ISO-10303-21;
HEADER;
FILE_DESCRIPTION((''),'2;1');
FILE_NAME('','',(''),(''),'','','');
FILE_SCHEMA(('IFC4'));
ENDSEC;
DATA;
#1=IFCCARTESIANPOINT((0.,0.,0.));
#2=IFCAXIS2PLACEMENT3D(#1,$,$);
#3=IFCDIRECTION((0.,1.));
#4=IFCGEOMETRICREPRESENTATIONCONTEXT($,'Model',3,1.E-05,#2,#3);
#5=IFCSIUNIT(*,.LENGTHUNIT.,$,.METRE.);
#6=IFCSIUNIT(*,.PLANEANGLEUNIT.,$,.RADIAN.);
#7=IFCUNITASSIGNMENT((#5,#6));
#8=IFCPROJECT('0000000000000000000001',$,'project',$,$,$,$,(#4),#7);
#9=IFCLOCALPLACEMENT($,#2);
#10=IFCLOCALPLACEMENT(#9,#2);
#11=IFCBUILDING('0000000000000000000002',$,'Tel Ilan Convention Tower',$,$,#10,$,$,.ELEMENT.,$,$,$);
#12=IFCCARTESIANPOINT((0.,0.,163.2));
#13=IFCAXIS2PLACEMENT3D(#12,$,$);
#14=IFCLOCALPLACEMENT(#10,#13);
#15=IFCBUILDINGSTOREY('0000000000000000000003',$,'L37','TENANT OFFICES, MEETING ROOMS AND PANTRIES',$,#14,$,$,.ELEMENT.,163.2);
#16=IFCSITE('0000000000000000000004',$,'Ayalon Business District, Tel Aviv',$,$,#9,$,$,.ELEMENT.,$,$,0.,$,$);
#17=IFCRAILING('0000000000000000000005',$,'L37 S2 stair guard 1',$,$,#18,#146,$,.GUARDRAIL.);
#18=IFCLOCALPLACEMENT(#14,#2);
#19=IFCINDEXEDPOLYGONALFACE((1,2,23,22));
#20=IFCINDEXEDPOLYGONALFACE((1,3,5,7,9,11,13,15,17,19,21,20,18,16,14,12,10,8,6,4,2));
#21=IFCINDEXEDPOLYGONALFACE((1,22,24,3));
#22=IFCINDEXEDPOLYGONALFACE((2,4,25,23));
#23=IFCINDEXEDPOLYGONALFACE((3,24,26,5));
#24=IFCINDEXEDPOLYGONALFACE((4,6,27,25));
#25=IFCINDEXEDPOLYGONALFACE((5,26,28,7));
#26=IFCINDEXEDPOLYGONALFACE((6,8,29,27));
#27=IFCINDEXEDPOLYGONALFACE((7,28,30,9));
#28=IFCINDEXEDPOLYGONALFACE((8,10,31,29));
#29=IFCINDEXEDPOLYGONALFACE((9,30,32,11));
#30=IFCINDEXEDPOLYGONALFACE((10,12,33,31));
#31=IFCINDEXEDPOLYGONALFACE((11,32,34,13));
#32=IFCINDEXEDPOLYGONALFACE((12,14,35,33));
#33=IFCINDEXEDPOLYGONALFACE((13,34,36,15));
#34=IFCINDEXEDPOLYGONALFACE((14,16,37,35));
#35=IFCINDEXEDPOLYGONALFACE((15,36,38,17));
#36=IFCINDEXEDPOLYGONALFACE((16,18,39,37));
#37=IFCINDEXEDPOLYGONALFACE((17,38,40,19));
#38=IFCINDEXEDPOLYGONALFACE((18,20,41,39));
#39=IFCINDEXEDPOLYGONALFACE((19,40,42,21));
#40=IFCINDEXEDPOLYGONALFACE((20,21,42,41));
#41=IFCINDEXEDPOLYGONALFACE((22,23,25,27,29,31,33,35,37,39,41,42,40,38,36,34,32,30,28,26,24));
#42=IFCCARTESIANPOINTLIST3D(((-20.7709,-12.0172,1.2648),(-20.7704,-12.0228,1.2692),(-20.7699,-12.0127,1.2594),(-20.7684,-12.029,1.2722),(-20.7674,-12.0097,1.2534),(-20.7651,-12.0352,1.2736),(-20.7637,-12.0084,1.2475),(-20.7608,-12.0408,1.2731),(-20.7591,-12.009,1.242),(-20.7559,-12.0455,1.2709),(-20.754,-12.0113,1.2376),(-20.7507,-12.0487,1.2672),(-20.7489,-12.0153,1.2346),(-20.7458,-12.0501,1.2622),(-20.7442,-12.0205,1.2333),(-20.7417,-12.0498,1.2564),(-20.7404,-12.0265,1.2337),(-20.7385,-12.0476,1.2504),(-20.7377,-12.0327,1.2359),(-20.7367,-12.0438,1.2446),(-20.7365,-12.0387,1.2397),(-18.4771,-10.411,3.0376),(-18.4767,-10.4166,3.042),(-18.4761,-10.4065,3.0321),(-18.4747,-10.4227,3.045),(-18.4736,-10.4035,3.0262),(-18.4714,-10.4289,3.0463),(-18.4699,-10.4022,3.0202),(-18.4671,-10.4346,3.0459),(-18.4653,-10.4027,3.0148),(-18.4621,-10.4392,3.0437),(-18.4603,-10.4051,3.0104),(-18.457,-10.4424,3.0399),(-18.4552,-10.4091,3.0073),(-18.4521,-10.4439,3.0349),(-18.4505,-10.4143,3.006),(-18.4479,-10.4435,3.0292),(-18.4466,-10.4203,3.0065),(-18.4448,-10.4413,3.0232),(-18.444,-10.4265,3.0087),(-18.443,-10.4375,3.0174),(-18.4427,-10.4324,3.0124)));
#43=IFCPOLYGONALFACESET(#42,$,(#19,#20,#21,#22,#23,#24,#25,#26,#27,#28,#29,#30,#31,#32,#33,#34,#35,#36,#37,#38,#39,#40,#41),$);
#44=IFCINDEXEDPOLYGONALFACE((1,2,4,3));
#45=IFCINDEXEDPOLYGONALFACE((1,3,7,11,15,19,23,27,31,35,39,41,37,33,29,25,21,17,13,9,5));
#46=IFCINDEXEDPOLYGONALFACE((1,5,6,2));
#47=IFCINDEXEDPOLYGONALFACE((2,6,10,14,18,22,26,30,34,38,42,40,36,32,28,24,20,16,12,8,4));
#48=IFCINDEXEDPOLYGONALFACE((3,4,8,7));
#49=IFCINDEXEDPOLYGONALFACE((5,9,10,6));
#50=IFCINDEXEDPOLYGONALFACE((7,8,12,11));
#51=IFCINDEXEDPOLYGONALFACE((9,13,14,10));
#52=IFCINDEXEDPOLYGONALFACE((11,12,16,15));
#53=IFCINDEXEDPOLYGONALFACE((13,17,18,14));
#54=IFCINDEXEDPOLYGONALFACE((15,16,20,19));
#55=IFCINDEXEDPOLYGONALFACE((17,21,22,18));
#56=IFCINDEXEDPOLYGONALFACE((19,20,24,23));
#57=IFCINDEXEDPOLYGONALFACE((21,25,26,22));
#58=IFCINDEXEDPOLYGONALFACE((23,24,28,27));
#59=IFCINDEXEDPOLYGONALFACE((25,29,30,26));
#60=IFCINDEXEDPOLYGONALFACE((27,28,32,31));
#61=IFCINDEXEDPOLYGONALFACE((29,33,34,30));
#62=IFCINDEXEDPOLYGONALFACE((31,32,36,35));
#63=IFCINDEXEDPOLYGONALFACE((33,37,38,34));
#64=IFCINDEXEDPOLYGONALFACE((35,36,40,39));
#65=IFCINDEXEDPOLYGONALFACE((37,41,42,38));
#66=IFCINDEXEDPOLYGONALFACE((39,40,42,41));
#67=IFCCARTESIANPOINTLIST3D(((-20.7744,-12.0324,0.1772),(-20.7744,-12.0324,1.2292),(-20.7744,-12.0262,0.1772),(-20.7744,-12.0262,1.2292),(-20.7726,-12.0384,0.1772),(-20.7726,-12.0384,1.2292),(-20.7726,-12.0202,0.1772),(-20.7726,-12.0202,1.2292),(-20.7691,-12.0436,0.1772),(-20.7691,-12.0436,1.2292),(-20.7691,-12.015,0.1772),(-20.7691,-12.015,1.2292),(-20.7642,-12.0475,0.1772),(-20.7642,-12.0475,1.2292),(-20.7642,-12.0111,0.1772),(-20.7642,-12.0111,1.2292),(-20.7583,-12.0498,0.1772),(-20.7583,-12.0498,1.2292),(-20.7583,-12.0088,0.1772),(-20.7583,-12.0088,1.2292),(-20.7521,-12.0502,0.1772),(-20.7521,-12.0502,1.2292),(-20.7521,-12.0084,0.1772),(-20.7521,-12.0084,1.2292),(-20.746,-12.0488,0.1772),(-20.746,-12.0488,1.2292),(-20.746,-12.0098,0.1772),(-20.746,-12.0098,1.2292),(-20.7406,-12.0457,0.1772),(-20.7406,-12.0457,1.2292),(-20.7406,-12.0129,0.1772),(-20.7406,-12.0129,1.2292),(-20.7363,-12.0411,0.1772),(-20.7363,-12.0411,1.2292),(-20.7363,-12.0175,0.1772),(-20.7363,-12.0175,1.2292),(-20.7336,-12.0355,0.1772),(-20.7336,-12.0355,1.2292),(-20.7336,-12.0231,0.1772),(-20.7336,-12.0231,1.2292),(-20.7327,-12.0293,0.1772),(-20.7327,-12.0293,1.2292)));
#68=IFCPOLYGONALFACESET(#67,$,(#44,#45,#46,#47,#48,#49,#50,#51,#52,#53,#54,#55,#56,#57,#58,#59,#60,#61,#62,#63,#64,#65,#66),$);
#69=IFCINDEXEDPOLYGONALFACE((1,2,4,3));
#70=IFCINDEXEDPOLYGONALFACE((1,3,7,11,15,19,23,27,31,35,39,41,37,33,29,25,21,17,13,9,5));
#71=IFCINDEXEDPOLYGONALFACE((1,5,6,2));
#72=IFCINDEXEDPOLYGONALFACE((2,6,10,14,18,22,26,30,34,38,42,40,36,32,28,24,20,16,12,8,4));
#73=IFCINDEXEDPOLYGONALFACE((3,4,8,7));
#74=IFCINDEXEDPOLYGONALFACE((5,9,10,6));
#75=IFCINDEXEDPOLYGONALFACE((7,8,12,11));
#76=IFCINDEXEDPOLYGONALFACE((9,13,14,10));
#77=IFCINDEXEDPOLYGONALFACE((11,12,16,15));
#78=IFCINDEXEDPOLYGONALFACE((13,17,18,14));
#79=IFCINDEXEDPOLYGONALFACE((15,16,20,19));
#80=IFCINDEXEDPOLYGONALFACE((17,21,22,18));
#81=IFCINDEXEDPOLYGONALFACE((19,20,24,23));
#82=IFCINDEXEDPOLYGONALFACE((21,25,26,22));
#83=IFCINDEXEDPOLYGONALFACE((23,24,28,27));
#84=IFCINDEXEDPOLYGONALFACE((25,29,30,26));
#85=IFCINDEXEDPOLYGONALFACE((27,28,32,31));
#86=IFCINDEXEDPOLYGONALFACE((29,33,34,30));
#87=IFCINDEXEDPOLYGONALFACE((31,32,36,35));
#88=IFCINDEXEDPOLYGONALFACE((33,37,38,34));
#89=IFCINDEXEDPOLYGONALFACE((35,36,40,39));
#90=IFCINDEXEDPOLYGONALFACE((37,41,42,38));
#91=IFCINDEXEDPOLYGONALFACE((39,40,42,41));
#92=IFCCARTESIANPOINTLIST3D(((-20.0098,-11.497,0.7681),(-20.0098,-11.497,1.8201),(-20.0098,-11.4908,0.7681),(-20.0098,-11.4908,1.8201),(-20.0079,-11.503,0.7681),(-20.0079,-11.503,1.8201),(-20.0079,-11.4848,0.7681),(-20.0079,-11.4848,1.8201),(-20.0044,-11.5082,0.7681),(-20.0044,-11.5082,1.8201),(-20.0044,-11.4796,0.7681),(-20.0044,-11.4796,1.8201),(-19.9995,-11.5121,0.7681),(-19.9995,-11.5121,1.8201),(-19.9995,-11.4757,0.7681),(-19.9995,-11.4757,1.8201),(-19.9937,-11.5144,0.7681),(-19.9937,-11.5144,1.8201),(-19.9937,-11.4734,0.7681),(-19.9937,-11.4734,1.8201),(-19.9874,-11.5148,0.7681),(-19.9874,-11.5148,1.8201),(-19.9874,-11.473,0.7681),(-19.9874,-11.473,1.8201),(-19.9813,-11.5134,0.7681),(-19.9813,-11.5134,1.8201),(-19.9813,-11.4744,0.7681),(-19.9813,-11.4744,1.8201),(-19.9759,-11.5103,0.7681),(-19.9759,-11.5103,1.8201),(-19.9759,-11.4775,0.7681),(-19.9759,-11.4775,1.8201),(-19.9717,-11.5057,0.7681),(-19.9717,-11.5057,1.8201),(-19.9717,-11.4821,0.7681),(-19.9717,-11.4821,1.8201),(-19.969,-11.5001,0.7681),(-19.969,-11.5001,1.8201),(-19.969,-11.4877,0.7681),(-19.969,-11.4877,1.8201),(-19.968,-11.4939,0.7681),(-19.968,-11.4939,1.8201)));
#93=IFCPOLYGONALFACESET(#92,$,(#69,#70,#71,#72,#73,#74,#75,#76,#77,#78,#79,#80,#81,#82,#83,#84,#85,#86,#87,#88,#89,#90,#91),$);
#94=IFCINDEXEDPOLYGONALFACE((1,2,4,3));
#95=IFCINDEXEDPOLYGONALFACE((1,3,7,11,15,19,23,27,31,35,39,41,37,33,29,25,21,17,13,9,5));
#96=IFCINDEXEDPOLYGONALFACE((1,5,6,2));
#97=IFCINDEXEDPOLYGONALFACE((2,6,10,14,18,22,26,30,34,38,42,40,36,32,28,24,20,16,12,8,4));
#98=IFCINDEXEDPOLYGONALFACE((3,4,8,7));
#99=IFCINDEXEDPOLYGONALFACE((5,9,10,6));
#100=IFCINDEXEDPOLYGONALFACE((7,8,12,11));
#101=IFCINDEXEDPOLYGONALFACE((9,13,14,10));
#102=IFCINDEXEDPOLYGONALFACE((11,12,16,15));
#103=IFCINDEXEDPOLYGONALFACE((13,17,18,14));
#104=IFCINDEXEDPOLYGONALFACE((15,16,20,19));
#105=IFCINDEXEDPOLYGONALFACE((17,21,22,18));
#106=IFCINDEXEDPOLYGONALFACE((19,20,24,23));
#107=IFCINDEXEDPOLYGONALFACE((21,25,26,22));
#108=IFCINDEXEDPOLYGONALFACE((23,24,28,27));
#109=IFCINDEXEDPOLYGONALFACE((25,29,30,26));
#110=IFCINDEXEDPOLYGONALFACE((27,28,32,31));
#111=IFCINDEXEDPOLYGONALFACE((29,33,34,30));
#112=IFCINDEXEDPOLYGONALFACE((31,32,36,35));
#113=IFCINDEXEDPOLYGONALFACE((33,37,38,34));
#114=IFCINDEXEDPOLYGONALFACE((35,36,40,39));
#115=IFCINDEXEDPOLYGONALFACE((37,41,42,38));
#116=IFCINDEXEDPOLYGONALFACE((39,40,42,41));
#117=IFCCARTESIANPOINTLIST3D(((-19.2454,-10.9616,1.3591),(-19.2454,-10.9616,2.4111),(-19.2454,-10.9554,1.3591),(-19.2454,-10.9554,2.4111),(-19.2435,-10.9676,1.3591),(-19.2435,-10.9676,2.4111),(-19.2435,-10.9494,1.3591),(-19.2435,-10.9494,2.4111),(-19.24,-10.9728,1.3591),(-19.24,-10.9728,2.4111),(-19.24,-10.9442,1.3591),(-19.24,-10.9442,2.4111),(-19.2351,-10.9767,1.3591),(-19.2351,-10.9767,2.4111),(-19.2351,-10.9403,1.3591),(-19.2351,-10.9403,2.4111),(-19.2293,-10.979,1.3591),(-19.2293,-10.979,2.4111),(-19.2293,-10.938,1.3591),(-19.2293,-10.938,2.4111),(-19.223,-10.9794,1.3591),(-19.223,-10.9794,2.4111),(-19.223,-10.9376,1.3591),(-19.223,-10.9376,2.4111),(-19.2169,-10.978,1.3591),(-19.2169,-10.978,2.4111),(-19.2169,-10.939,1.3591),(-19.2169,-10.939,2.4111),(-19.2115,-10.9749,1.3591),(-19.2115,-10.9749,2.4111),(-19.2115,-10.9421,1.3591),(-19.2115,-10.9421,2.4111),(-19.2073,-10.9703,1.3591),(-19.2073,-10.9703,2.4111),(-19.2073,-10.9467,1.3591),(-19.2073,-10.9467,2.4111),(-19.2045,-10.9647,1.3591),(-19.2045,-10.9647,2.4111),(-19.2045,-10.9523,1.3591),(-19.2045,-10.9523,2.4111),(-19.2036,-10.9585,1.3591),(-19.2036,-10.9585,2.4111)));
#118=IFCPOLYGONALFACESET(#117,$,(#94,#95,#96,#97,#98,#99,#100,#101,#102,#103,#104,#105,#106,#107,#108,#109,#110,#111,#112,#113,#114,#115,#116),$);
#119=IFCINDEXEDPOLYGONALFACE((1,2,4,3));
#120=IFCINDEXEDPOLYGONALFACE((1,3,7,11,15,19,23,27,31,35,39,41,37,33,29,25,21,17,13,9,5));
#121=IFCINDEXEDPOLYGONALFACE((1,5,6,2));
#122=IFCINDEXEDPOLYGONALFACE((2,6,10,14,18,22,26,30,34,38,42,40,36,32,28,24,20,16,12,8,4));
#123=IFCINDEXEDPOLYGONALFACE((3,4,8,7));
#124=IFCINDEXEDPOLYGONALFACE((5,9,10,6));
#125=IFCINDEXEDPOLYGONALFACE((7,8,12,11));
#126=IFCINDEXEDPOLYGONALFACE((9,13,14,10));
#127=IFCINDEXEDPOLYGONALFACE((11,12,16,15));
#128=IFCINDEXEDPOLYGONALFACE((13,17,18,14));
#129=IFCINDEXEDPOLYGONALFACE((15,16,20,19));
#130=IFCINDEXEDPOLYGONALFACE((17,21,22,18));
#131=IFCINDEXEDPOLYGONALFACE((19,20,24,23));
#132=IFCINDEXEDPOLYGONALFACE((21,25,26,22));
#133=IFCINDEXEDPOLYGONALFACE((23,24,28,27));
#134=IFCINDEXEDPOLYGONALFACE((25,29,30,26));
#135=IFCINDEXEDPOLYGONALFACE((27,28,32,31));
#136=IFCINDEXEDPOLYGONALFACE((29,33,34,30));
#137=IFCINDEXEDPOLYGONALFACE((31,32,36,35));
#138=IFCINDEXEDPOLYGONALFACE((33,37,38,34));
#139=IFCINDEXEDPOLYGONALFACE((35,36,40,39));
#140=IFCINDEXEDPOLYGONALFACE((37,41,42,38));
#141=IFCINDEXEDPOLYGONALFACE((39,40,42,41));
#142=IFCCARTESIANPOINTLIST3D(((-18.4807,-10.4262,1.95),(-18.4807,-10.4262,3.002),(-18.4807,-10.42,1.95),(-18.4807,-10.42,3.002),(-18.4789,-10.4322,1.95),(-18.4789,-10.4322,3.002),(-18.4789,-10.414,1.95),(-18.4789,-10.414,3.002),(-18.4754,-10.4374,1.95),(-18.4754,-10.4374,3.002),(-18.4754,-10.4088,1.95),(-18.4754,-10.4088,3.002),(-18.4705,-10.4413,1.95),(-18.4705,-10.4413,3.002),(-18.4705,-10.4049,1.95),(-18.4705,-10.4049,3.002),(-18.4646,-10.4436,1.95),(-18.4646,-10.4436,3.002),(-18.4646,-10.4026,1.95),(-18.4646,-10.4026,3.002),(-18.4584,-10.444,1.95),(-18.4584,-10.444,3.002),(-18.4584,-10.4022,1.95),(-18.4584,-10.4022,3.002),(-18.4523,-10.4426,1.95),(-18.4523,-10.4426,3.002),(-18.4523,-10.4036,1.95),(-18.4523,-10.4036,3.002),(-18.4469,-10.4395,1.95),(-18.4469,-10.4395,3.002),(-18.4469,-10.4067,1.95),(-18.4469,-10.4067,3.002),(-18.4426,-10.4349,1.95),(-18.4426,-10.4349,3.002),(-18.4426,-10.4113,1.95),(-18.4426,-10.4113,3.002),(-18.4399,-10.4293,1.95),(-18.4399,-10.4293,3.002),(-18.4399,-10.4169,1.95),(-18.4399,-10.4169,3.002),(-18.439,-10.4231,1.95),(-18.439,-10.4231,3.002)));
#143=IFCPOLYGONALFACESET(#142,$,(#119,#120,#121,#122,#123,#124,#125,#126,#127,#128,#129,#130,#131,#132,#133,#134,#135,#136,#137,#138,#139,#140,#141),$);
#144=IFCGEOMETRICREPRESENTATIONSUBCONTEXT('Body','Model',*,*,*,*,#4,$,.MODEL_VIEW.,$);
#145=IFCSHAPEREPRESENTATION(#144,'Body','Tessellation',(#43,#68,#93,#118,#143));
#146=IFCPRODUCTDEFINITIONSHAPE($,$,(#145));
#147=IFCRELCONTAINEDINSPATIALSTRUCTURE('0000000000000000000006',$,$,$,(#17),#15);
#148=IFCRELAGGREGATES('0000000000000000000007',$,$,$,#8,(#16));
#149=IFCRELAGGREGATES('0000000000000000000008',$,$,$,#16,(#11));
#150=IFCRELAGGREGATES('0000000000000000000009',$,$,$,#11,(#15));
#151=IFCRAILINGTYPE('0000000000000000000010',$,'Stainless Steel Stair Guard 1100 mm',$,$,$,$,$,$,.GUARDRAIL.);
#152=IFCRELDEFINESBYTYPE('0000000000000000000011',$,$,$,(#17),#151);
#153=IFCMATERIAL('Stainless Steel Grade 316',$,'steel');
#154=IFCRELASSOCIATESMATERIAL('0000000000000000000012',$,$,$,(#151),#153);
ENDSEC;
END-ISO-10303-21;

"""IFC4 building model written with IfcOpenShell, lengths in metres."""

from ifc_helpers import new_model, si_unit, direction, frame, origin, origin_2d, place, context, subcontext, project, spatial, circle, extrude, material, type_object, element, save


model = new_model("IFC4")

# Units and contexts
model_context = context("Model", 3, precision=1e-05, world=origin(), true_north=direction((0.0, 1.0)))
body_context = subcontext(model_context, "Body", "Model", "MODEL_VIEW")
ifc_project = project(units=[si_unit("LENGTHUNIT", "METRE"), si_unit("PLANEANGLEUNIT", "RADIAN")], contexts=[model_context])

# Site, building, storey
site_placement = place(None, origin())
site = spatial("IfcSite", under=ifc_project, at=site_placement, Name="Ayalon Business District, Tel Aviv", CompositionType="ELEMENT", RefElevation=0.0)
building_placement = place(site_placement, origin())
building = spatial("IfcBuilding", under=site, at=building_placement, Name="Tel Ilan Convention Tower", CompositionType="ELEMENT")
storey_placement = place(building_placement, frame((0.0, 0.0, 163.2)))
storey = spatial("IfcBuildingStorey", under=building, at=storey_placement, Name="L37", Description="TENANT OFFICES, MEETING ROOMS AND PANTRIES", CompositionType="ELEMENT", Elevation=163.2)

# Railing
ifc_material_1 = material(Name="Stainless Steel Grade 316", Category="steel")
railing_type_1 = type_object("IfcRailingType", Name="Stainless Steel Stair Guard 1100 mm", PredefinedType="GUARDRAIL", material=ifc_material_1)
railing_1_placement = place(storey_placement, frame((-20.7537, -12.0293, 0.1772)))
element("IfcRailing", 1, at=railing_1_placement, inside=storey, type_object=railing_type_1, Name="L37 S2 stair guard 1", PredefinedType="GUARDRAIL", context=body_context, shape_type="SweptSolid", body=[
    extrude(circle(Radius=0.0239, at=origin_2d()), frame((0.0, 0.0, 1.0762), z_axis=(0.692098, 0.484653, 0.534894), x_axis=(-0.573609, 0.81913, 0.0)), (0.0, 0.0, 1.0), 3.3142),
    extrude(circle(Radius=0.021, at=origin_2d()), origin(), (0.0, 0.0, 1.0), 1.052),
    extrude(circle(Radius=0.021, at=origin_2d()), frame((0.7646, 0.5354, 0.5908)), (0.0, 0.0, 1.0), 1.052),
    extrude(circle(Radius=0.021, at=origin_2d()), frame((1.5291, 1.0708, 1.1819)), (0.0, 0.0, 1.0), 1.052),
    extrude(circle(Radius=0.021, at=origin_2d()), frame((2.2937, 1.6062, 1.7727)), (0.0, 0.0, 1.0), 1.052),
])

save(model, "model.ifc")
